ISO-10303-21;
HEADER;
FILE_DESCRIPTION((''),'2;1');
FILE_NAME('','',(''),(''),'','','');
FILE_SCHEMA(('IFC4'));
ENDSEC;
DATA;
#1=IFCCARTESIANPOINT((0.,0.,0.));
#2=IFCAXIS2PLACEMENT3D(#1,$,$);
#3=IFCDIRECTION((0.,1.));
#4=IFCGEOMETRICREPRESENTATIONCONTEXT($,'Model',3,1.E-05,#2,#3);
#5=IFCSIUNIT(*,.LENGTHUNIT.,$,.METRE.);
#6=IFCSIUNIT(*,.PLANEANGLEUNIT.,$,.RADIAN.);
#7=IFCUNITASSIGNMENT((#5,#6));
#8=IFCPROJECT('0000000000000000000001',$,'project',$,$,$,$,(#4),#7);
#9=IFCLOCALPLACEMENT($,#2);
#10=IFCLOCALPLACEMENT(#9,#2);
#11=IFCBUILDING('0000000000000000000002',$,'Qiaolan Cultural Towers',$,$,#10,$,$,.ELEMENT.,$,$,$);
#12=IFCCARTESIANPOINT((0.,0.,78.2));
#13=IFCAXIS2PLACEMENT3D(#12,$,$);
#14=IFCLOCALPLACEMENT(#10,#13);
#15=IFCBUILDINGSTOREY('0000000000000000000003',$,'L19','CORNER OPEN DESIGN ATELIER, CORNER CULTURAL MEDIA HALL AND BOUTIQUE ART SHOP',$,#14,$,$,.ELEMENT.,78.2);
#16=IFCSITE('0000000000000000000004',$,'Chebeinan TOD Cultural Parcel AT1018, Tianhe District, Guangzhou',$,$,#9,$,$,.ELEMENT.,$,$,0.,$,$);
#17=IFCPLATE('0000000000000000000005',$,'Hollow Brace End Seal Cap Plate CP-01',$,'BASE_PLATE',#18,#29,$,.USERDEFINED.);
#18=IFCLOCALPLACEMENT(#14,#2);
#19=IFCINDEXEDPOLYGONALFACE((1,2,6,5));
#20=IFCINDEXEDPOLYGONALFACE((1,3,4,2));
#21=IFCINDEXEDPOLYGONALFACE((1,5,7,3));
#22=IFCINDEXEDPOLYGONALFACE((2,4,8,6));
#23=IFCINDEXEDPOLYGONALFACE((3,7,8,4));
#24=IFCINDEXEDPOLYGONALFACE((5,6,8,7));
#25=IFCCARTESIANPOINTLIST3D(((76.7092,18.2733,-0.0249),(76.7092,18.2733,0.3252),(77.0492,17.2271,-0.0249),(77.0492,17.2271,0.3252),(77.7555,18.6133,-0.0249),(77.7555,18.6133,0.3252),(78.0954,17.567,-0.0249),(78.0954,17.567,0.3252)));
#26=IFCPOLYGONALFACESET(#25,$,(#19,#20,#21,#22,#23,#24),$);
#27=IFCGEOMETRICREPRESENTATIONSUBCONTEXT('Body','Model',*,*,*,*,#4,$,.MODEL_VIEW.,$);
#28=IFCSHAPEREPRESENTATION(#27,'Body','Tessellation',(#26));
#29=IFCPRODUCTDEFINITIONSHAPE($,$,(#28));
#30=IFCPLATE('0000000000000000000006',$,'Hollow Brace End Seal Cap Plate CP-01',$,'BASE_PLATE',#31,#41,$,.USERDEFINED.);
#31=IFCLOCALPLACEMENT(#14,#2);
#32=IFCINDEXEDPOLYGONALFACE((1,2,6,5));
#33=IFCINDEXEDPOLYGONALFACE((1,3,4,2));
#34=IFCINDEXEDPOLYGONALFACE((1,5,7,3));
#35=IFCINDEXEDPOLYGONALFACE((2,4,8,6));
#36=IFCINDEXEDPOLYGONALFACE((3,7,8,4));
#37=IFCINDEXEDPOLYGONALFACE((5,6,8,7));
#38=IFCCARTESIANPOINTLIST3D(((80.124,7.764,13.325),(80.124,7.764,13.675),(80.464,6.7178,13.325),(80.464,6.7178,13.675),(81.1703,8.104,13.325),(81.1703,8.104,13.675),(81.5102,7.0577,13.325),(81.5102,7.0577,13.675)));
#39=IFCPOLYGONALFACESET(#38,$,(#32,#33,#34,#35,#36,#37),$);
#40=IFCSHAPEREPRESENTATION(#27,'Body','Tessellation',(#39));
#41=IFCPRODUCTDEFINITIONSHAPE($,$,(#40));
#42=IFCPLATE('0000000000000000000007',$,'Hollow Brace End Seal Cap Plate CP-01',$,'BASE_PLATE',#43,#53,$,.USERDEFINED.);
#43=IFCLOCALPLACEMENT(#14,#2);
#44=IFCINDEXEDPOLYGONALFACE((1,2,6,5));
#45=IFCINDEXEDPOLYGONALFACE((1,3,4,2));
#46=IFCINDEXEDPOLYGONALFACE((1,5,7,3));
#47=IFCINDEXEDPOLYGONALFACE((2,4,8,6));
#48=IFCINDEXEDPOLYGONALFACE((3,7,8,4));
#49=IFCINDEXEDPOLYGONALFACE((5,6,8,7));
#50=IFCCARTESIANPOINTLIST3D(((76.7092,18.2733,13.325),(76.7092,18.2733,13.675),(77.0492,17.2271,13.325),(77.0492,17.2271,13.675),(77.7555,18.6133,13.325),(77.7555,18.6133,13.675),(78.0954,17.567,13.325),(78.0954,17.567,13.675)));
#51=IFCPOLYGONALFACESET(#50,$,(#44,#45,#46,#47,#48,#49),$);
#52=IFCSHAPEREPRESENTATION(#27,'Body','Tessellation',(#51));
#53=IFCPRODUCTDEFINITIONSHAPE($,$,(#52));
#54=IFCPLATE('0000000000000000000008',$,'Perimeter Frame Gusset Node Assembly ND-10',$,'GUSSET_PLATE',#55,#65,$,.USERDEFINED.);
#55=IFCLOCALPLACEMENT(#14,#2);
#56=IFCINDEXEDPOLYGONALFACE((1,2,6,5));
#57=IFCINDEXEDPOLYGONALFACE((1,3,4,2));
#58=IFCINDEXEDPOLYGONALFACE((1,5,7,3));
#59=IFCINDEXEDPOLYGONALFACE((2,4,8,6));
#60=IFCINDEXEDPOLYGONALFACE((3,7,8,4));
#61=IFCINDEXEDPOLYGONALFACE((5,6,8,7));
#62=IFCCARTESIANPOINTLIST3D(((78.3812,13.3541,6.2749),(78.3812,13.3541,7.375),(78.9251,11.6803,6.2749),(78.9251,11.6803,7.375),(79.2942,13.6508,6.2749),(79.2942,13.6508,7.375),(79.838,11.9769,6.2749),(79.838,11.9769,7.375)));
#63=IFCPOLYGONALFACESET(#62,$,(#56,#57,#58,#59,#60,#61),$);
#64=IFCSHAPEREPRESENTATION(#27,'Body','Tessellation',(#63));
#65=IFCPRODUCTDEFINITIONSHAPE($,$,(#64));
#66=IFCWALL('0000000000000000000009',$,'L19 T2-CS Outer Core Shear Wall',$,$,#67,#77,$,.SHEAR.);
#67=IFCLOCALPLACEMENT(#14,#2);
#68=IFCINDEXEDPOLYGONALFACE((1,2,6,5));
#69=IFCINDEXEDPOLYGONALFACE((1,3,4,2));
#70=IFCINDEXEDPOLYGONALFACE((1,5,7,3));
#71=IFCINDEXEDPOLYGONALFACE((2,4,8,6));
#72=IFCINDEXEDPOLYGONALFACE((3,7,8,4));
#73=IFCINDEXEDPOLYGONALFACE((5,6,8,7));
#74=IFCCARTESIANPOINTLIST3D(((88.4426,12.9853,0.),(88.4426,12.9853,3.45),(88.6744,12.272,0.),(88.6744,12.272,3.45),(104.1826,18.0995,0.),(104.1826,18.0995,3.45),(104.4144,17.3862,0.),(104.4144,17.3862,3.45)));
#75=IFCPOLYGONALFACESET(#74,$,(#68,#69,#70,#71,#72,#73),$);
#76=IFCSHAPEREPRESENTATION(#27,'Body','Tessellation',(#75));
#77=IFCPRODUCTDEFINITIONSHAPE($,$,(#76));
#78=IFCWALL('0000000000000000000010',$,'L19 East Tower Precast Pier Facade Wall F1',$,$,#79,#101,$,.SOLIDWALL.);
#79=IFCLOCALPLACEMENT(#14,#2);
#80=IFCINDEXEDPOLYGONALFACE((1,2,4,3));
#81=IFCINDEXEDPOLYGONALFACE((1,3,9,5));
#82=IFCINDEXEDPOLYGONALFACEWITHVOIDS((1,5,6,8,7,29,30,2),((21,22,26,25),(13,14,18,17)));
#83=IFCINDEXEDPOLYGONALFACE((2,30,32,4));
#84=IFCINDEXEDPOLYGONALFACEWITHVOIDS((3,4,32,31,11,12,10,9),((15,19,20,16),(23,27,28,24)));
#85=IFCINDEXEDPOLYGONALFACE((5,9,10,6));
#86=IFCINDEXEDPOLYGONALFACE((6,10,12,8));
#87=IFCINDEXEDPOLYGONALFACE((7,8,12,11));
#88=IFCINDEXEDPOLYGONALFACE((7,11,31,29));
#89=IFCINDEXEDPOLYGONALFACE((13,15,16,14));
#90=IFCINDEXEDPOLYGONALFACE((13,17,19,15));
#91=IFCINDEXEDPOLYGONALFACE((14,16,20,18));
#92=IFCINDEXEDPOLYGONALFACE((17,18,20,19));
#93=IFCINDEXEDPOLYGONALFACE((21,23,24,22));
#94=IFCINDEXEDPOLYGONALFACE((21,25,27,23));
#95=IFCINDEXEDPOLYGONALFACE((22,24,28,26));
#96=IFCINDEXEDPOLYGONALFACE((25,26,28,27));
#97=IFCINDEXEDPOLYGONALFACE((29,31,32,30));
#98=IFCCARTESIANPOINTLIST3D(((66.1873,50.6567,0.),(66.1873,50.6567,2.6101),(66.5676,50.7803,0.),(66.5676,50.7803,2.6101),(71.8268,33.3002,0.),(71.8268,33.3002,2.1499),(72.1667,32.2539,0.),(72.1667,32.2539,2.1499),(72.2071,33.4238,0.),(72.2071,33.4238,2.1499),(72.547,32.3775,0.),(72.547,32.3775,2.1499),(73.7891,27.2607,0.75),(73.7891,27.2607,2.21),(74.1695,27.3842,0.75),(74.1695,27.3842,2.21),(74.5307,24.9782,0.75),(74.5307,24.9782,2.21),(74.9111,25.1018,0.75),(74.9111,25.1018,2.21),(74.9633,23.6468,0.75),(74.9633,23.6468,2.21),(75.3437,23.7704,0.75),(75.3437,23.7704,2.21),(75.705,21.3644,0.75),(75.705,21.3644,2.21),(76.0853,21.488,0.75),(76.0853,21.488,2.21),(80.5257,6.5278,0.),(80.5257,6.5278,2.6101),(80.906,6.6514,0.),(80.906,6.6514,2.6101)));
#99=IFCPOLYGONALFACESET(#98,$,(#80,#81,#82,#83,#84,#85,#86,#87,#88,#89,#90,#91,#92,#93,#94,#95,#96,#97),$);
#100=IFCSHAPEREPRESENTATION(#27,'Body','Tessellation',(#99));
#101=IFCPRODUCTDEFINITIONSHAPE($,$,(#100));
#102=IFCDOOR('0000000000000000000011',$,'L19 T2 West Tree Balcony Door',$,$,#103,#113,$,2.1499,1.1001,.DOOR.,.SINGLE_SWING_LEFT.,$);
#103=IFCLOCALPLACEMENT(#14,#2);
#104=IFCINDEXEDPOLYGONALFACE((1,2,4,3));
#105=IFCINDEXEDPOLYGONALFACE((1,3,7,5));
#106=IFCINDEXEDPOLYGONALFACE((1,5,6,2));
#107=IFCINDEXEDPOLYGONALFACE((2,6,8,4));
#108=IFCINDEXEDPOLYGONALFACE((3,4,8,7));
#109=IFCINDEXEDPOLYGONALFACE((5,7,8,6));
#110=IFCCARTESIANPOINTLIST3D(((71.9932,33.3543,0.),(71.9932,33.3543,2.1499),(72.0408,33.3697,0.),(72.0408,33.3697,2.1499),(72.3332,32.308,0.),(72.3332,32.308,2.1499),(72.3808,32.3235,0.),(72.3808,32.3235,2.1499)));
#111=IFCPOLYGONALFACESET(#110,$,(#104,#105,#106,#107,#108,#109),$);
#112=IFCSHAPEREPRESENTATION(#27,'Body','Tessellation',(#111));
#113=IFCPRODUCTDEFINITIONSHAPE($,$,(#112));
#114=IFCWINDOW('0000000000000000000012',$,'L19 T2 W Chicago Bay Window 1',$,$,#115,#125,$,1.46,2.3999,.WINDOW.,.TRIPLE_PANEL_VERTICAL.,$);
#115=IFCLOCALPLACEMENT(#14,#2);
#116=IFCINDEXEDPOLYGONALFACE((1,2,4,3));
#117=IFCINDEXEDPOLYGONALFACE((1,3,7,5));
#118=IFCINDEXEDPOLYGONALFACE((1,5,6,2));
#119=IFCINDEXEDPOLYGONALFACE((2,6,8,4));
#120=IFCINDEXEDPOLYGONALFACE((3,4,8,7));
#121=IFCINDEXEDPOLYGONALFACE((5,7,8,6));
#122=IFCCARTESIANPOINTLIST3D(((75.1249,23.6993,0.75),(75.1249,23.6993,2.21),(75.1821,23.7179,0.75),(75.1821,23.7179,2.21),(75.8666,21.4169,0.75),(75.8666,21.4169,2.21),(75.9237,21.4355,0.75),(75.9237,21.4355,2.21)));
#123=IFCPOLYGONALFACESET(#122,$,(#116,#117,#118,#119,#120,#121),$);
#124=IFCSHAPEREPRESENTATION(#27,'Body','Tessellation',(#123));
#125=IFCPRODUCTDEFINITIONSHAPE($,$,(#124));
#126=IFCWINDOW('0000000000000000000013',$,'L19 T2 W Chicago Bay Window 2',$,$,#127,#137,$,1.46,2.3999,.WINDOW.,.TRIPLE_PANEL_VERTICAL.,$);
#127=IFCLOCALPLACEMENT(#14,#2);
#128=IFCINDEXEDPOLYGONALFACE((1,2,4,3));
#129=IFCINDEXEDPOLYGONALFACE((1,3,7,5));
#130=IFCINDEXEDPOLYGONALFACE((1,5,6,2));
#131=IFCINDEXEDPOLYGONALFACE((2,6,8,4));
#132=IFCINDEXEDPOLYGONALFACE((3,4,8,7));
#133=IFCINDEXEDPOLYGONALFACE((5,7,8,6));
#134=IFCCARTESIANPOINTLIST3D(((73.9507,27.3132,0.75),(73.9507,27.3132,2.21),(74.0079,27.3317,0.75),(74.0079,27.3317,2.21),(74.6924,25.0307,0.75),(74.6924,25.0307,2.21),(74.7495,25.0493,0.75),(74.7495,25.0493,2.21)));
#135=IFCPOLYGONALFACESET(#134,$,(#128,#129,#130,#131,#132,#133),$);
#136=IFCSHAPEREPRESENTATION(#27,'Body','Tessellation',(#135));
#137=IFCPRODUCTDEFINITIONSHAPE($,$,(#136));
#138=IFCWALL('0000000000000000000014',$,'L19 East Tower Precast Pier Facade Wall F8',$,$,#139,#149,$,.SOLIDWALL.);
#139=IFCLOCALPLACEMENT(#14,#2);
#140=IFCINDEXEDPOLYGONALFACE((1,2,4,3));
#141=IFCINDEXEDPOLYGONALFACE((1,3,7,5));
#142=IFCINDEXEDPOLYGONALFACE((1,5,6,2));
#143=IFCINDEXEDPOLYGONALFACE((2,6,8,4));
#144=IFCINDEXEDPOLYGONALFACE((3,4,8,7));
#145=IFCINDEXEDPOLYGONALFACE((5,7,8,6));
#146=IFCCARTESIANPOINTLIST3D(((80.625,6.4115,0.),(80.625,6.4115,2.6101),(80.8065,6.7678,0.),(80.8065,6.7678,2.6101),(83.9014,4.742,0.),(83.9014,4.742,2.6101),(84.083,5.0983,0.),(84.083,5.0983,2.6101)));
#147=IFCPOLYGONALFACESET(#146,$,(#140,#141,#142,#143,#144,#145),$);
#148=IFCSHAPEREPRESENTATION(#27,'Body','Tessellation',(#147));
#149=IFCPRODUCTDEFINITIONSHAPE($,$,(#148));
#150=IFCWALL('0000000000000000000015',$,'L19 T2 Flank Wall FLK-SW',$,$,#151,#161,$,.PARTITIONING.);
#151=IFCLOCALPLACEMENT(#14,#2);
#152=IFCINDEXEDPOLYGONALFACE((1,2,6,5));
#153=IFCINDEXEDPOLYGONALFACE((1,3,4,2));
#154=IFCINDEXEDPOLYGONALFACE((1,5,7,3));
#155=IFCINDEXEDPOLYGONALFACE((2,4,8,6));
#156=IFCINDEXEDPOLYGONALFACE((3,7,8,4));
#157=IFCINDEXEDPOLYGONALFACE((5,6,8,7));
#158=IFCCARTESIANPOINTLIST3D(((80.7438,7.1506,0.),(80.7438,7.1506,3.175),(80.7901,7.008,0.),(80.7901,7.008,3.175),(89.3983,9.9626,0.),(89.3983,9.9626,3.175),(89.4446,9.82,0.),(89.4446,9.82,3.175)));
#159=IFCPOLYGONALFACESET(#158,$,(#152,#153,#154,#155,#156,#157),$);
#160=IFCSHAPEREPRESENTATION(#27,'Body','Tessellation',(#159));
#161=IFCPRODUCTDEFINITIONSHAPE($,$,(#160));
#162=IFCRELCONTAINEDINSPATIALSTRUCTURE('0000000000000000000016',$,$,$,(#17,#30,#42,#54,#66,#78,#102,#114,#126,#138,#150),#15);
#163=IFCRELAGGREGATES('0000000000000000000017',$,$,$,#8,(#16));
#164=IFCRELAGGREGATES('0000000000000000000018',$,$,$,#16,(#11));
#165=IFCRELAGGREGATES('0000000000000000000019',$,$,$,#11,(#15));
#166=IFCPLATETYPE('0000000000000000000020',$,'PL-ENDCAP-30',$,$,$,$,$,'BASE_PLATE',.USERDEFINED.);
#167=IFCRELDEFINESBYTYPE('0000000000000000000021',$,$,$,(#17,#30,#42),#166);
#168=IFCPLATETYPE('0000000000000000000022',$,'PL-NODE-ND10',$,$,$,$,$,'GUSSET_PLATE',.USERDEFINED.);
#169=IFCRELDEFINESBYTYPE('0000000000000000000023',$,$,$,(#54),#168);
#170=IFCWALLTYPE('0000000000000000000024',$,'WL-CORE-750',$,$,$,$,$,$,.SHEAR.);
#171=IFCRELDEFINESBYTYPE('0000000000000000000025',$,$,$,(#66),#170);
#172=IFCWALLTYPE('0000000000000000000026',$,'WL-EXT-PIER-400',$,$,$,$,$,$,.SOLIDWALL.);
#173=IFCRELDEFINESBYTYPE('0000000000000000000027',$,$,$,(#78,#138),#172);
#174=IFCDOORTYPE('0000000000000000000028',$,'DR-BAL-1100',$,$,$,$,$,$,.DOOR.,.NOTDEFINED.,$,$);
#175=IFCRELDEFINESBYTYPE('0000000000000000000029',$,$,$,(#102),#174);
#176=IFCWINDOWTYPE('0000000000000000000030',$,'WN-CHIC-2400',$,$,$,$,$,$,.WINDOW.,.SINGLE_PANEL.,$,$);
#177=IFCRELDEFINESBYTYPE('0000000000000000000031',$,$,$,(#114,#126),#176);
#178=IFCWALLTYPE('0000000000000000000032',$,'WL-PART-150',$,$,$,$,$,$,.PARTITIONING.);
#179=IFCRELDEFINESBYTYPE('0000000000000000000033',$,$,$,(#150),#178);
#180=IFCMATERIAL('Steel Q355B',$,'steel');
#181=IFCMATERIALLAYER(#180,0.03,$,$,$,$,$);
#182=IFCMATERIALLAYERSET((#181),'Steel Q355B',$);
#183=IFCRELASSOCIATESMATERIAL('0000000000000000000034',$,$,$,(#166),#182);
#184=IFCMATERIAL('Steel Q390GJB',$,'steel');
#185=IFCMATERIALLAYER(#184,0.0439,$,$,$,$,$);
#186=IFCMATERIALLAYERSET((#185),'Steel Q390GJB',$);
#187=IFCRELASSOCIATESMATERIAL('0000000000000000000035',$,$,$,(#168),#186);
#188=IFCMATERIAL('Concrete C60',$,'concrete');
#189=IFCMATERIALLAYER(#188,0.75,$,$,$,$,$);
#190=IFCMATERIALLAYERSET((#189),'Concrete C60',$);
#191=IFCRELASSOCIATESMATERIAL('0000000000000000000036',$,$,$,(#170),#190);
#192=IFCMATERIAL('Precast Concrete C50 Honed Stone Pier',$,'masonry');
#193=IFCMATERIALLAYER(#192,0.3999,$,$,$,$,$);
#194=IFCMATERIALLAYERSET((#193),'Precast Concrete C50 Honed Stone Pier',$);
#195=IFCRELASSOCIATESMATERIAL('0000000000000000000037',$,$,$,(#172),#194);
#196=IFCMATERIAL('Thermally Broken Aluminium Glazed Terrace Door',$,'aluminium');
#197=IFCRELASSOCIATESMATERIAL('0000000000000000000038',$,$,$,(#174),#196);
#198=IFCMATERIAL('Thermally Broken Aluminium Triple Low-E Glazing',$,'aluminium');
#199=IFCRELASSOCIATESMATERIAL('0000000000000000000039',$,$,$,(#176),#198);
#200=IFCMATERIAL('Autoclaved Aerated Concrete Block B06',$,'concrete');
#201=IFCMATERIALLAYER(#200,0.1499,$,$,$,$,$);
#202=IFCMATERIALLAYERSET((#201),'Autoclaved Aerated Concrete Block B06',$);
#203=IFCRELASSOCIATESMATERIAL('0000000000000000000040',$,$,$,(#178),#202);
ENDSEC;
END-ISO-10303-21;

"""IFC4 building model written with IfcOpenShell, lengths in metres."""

from ifc_helpers import new_model, si_unit, direction, frame, frame_2d, origin, origin_2d, place, context, subcontext, project, spatial, rectangle, extrude, material, layer, layer_set, type_object, element, fill, save


model = new_model("IFC4")

# Units and contexts
model_context = context("Model", 3, precision=1e-05, world=origin(), true_north=direction((0.0, 1.0)))
body_context = subcontext(model_context, "Body", "Model", "MODEL_VIEW")
ifc_project = project(units=[si_unit("LENGTHUNIT", "METRE"), si_unit("PLANEANGLEUNIT", "RADIAN")], contexts=[model_context])

# Site, building, storey
site_placement = place(None, origin())
site = spatial("IfcSite", under=ifc_project, at=site_placement, Name="Chebeinan TOD Cultural Parcel AT1018, Tianhe District, Guangzhou", CompositionType="ELEMENT", RefElevation=0.0)
building_placement = place(site_placement, origin())
building = spatial("IfcBuilding", under=site, at=building_placement, Name="Qiaolan Cultural Towers", CompositionType="ELEMENT")
storey_placement = place(building_placement, frame((0.0, 0.0, 78.2)))
storey = spatial("IfcBuildingStorey", under=building, at=storey_placement, Name="L19", Description="CORNER OPEN DESIGN ATELIER, CORNER CULTURAL MEDIA HALL AND BOUTIQUE ART SHOP", CompositionType="ELEMENT", Elevation=78.2)

# Plates
ifc_material_1 = material(Name="Steel Q355B", Category="steel")
ifc_layer_1 = layer(ifc_material_1, 0.03)
ifc_layer_set_1 = layer_set([ifc_layer_1], Name="Steel Q355B")
plate_type_1 = type_object("IfcPlateType", Name="PL-ENDCAP-30", ElementType="BASE_PLATE", PredefinedType="USERDEFINED", material=ifc_layer_set_1)
for number, where, z_axis, x_axis, name in (
    (1, (77.4023, 17.9202, -0.0249), (0.0, 0.0, 1.0), (-0.309017, 0.951057, 0.0), "Hollow Brace End Seal Cap Plate CP-01"),
    (2, (80.8171, 7.4109, 13.325), (0.0, 0.0, 1.0), (-0.309017, 0.951057, 0.0), "Hollow Brace End Seal Cap Plate CP-01"),
    (3, (77.4023, 17.9202, 13.325), (0.0, 0.0, 1.0), (-0.309017, 0.951057, 0.0), "Hollow Brace End Seal Cap Plate CP-01"),
):
    element("IfcPlate", number, at=place(storey_placement, frame(where, z_axis=z_axis, x_axis=x_axis)), inside=storey, type_object=plate_type_1, Name=name, ObjectType="BASE_PLATE", PredefinedType="USERDEFINED", context=body_context, shape_type="SweptSolid", body=[
        extrude(rectangle(XDim=1.1001, YDim=1.1001, at=origin_2d()), origin(), (0.0, 0.0, 1.0), 0.3501),
    ])
ifc_material_2 = material(Name="Steel Q390GJB", Category="steel")
ifc_layer_2 = layer(ifc_material_2, 0.0439)
ifc_layer_set_2 = layer_set([ifc_layer_2], Name="Steel Q390GJB")
plate_type_2 = type_object("IfcPlateType", Name="PL-NODE-ND10", ElementType="GUSSET_PLATE", PredefinedType="USERDEFINED", material=ifc_layer_set_2)
plate_placement = place(storey_placement, frame((79.1096, 12.6655, 6.2749), z_axis=(0.0, 0.0, 1.0), x_axis=(-0.309017, 0.951057, 0.0)))
element("IfcPlate", 4, at=plate_placement, inside=storey, type_object=plate_type_2, Name="Perimeter Frame Gusset Node Assembly ND-10", ObjectType="GUSSET_PLATE", PredefinedType="USERDEFINED", context=body_context, shape_type="SweptSolid", body=[
    extrude(rectangle(XDim=1.76, YDim=0.96, at=origin_2d()), origin(), (0.0, 0.0, 1.0), 1.1001),
])

# Wall
ifc_material_3 = material(Name="Concrete C60", Category="concrete")
ifc_layer_3 = layer(ifc_material_3, 0.75)
ifc_layer_set_3 = layer_set([ifc_layer_3], Name="Concrete C60")
wall_type_1 = type_object("IfcWallType", Name="WL-CORE-750", PredefinedType="SHEAR", material=ifc_layer_set_3)
wall_1_placement = place(storey_placement, frame((88.5586, 12.6287, 0.0), z_axis=(0.0, 0.0, 1.0), x_axis=(0.951056, 0.309018, 0.0)))
element("IfcWall", 5, at=wall_1_placement, inside=storey, type_object=wall_type_1, Name="L19 T2-CS Outer Core Shear Wall", PredefinedType="SHEAR", context=body_context, shape_type="SweptSolid", body=[
    extrude(rectangle(XDim=16.55, YDim=0.75, at=frame_2d((8.2749, 0.0))), origin(), (0.0, 0.0, 1.0), 3.45),
])

# Wall, openings, door, windows
ifc_material_4 = material(Name="Precast Concrete C50 Honed Stone Pier", Category="masonry")
ifc_layer_4 = layer(ifc_material_4, 0.3999)
ifc_layer_set_4 = layer_set([ifc_layer_4], Name="Precast Concrete C50 Honed Stone Pier")
wall_type_2 = type_object("IfcWallType", Name="WL-EXT-PIER-400", PredefinedType="SOLIDWALL", material=ifc_layer_set_4)
wall_2_placement = place(storey_placement, frame((80.7158, 6.5896, 0.0), z_axis=(0.0, 0.0, 1.0), x_axis=(-0.309018, 0.951056, 0.0)))
wall_2 = element("IfcWall", 6, at=wall_2_placement, inside=storey, type_object=wall_type_2, Name="L19 East Tower Precast Pier Facade Wall F1", PredefinedType="SOLIDWALL", context=body_context, shape_type="SweptSolid", body=[
    extrude(rectangle(XDim=46.3999, YDim=0.3999, at=frame_2d((23.2, 0.0))), origin(), (0.0, 0.0, 1.0), 2.6101),
])
opening_1_placement = place(wall_2_placement, frame((15.6001, 0.0, 0.75)))
opening_1 = element("IfcOpeningElement", 7, at=opening_1_placement, cuts=wall_2, PredefinedType="OPENING", context=body_context, shape_type="SweptSolid", body=[
    extrude(rectangle(XDim=2.3999, YDim=1.46, at=frame_2d((1.2, 0.73))), frame((0.0, 0.21, 0.0), z_axis=(0.0, -1.0, 0.0), x_axis=(1.0, 0.0, 0.0)), (0.0, 0.0, 1.0), 0.4199),
])
opening_2_placement = place(wall_2_placement, frame((19.3999, 0.0, 0.75)))
opening_2 = element("IfcOpeningElement", 8, at=opening_2_placement, cuts=wall_2, PredefinedType="OPENING", context=body_context, shape_type="SweptSolid", body=[
    extrude(rectangle(XDim=2.3999, YDim=1.46, at=frame_2d((1.2, 0.73))), frame((0.0, 0.21, 0.0), z_axis=(0.0, -1.0, 0.0), x_axis=(1.0, 0.0, 0.0)), (0.0, 0.0, 1.0), 0.4199),
])
opening_3_placement = place(wall_2_placement, frame((27.05, 0.0, 0.0)))
opening_3 = element("IfcOpeningElement", 9, at=opening_3_placement, cuts=wall_2, PredefinedType="OPENING", context=body_context, shape_type="SweptSolid", body=[
    extrude(rectangle(XDim=1.1001, YDim=2.1499, at=frame_2d((0.55, 1.075))), frame((0.0, 0.21, 0.0), z_axis=(0.0, -1.0, 0.0), x_axis=(1.0, 0.0, 0.0)), (0.0, 0.0, 1.0), 0.4199),
])
ifc_material_5 = material(Name="Thermally Broken Aluminium Glazed Terrace Door", Category="aluminium")
door_type = type_object("IfcDoorType", Name="DR-BAL-1100", OperationType="NOTDEFINED", PredefinedType="DOOR", material=ifc_material_5)
door_placement = place(opening_3_placement, origin())
door = element("IfcDoor", 10, at=door_placement, inside=storey, type_object=door_type, Name="L19 T2 West Tree Balcony Door", OperationType="SINGLE_SWING_LEFT", OverallHeight=2.1499, OverallWidth=1.1001, PredefinedType="DOOR", context=body_context, shape_type="SweptSolid", body=[
    extrude(rectangle(XDim=1.1001, YDim=2.1499, at=frame_2d((0.55, 1.075))), frame((0.0, 0.0249, 0.0), z_axis=(0.0, -1.0, 0.0), x_axis=(1.0, 0.0, 0.0)), (0.0, 0.0, 1.0), 0.05),
])
fill(opening_3, door)
ifc_material_6 = material(Name="Thermally Broken Aluminium Triple Low-E Glazing", Category="aluminium")
window_type = type_object("IfcWindowType", Name="WN-CHIC-2400", PartitioningType="SINGLE_PANEL", PredefinedType="WINDOW", material=ifc_material_6)
window_1_placement = place(opening_1_placement, origin())
window_1 = element("IfcWindow", 11, at=window_1_placement, inside=storey, type_object=window_type, Name="L19 T2 W Chicago Bay Window 1", OverallHeight=1.46, OverallWidth=2.3999, PartitioningType="TRIPLE_PANEL_VERTICAL", PredefinedType="WINDOW", context=body_context, shape_type="SweptSolid", body=[
    extrude(rectangle(XDim=2.3999, YDim=1.46, at=frame_2d((1.2, 0.73))), frame((0.0, 0.03, 0.0), z_axis=(0.0, -1.0, 0.0), x_axis=(1.0, 0.0, 0.0)), (0.0, 0.0, 1.0), 0.0601),
])
fill(opening_1, window_1)
window_2_placement = place(opening_2_placement, origin())
window_2 = element("IfcWindow", 12, at=window_2_placement, inside=storey, type_object=window_type, Name="L19 T2 W Chicago Bay Window 2", OverallHeight=1.46, OverallWidth=2.3999, PartitioningType="TRIPLE_PANEL_VERTICAL", PredefinedType="WINDOW", context=body_context, shape_type="SweptSolid", body=[
    extrude(rectangle(XDim=2.3999, YDim=1.46, at=frame_2d((1.2, 0.73))), frame((0.0, 0.03, 0.0), z_axis=(0.0, -1.0, 0.0), x_axis=(1.0, 0.0, 0.0)), (0.0, 0.0, 1.0), 0.0601),
])
fill(opening_2, window_2)

# Walls
wall_3_placement = place(storey_placement, frame((83.9922, 4.9202, 0.0), z_axis=(0.0, 0.0, 1.0), x_axis=(-0.891002, 0.453999, 0.0)))
element("IfcWall", 13, at=wall_3_placement, inside=storey, type_object=wall_type_2, Name="L19 East Tower Precast Pier Facade Wall F8", PredefinedType="SOLIDWALL", context=body_context, shape_type="SweptSolid", body=[
    extrude(rectangle(XDim=3.6772, YDim=0.3999, at=frame_2d((1.8386, 0.0))), origin(), (0.0, 0.0, 1.0), 2.6101),
])
ifc_material_7 = material(Name="Autoclaved Aerated Concrete Block B06", Category="concrete")
ifc_layer_5 = layer(ifc_material_7, 0.1499)
ifc_layer_set_5 = layer_set([ifc_layer_5], Name="Autoclaved Aerated Concrete Block B06")
wall_type_3 = type_object("IfcWallType", Name="WL-PART-150", PredefinedType="PARTITIONING", material=ifc_layer_set_5)
wall_4_placement = place(storey_placement, frame((80.7671, 7.0793, 0.0), z_axis=(0.0, 0.0, 1.0), x_axis=(0.951057, 0.309015, 0.0)))
element("IfcWall", 14, at=wall_4_placement, inside=storey, type_object=wall_type_3, Name="L19 T2 Flank Wall FLK-SW", PredefinedType="PARTITIONING", context=body_context, shape_type="SweptSolid", body=[
    extrude(rectangle(XDim=9.0999, YDim=0.1499, at=frame_2d((4.5498, 0.0))), origin(), (0.0, 0.0, 1.0), 3.175),
])

save(model, "model.ifc")
